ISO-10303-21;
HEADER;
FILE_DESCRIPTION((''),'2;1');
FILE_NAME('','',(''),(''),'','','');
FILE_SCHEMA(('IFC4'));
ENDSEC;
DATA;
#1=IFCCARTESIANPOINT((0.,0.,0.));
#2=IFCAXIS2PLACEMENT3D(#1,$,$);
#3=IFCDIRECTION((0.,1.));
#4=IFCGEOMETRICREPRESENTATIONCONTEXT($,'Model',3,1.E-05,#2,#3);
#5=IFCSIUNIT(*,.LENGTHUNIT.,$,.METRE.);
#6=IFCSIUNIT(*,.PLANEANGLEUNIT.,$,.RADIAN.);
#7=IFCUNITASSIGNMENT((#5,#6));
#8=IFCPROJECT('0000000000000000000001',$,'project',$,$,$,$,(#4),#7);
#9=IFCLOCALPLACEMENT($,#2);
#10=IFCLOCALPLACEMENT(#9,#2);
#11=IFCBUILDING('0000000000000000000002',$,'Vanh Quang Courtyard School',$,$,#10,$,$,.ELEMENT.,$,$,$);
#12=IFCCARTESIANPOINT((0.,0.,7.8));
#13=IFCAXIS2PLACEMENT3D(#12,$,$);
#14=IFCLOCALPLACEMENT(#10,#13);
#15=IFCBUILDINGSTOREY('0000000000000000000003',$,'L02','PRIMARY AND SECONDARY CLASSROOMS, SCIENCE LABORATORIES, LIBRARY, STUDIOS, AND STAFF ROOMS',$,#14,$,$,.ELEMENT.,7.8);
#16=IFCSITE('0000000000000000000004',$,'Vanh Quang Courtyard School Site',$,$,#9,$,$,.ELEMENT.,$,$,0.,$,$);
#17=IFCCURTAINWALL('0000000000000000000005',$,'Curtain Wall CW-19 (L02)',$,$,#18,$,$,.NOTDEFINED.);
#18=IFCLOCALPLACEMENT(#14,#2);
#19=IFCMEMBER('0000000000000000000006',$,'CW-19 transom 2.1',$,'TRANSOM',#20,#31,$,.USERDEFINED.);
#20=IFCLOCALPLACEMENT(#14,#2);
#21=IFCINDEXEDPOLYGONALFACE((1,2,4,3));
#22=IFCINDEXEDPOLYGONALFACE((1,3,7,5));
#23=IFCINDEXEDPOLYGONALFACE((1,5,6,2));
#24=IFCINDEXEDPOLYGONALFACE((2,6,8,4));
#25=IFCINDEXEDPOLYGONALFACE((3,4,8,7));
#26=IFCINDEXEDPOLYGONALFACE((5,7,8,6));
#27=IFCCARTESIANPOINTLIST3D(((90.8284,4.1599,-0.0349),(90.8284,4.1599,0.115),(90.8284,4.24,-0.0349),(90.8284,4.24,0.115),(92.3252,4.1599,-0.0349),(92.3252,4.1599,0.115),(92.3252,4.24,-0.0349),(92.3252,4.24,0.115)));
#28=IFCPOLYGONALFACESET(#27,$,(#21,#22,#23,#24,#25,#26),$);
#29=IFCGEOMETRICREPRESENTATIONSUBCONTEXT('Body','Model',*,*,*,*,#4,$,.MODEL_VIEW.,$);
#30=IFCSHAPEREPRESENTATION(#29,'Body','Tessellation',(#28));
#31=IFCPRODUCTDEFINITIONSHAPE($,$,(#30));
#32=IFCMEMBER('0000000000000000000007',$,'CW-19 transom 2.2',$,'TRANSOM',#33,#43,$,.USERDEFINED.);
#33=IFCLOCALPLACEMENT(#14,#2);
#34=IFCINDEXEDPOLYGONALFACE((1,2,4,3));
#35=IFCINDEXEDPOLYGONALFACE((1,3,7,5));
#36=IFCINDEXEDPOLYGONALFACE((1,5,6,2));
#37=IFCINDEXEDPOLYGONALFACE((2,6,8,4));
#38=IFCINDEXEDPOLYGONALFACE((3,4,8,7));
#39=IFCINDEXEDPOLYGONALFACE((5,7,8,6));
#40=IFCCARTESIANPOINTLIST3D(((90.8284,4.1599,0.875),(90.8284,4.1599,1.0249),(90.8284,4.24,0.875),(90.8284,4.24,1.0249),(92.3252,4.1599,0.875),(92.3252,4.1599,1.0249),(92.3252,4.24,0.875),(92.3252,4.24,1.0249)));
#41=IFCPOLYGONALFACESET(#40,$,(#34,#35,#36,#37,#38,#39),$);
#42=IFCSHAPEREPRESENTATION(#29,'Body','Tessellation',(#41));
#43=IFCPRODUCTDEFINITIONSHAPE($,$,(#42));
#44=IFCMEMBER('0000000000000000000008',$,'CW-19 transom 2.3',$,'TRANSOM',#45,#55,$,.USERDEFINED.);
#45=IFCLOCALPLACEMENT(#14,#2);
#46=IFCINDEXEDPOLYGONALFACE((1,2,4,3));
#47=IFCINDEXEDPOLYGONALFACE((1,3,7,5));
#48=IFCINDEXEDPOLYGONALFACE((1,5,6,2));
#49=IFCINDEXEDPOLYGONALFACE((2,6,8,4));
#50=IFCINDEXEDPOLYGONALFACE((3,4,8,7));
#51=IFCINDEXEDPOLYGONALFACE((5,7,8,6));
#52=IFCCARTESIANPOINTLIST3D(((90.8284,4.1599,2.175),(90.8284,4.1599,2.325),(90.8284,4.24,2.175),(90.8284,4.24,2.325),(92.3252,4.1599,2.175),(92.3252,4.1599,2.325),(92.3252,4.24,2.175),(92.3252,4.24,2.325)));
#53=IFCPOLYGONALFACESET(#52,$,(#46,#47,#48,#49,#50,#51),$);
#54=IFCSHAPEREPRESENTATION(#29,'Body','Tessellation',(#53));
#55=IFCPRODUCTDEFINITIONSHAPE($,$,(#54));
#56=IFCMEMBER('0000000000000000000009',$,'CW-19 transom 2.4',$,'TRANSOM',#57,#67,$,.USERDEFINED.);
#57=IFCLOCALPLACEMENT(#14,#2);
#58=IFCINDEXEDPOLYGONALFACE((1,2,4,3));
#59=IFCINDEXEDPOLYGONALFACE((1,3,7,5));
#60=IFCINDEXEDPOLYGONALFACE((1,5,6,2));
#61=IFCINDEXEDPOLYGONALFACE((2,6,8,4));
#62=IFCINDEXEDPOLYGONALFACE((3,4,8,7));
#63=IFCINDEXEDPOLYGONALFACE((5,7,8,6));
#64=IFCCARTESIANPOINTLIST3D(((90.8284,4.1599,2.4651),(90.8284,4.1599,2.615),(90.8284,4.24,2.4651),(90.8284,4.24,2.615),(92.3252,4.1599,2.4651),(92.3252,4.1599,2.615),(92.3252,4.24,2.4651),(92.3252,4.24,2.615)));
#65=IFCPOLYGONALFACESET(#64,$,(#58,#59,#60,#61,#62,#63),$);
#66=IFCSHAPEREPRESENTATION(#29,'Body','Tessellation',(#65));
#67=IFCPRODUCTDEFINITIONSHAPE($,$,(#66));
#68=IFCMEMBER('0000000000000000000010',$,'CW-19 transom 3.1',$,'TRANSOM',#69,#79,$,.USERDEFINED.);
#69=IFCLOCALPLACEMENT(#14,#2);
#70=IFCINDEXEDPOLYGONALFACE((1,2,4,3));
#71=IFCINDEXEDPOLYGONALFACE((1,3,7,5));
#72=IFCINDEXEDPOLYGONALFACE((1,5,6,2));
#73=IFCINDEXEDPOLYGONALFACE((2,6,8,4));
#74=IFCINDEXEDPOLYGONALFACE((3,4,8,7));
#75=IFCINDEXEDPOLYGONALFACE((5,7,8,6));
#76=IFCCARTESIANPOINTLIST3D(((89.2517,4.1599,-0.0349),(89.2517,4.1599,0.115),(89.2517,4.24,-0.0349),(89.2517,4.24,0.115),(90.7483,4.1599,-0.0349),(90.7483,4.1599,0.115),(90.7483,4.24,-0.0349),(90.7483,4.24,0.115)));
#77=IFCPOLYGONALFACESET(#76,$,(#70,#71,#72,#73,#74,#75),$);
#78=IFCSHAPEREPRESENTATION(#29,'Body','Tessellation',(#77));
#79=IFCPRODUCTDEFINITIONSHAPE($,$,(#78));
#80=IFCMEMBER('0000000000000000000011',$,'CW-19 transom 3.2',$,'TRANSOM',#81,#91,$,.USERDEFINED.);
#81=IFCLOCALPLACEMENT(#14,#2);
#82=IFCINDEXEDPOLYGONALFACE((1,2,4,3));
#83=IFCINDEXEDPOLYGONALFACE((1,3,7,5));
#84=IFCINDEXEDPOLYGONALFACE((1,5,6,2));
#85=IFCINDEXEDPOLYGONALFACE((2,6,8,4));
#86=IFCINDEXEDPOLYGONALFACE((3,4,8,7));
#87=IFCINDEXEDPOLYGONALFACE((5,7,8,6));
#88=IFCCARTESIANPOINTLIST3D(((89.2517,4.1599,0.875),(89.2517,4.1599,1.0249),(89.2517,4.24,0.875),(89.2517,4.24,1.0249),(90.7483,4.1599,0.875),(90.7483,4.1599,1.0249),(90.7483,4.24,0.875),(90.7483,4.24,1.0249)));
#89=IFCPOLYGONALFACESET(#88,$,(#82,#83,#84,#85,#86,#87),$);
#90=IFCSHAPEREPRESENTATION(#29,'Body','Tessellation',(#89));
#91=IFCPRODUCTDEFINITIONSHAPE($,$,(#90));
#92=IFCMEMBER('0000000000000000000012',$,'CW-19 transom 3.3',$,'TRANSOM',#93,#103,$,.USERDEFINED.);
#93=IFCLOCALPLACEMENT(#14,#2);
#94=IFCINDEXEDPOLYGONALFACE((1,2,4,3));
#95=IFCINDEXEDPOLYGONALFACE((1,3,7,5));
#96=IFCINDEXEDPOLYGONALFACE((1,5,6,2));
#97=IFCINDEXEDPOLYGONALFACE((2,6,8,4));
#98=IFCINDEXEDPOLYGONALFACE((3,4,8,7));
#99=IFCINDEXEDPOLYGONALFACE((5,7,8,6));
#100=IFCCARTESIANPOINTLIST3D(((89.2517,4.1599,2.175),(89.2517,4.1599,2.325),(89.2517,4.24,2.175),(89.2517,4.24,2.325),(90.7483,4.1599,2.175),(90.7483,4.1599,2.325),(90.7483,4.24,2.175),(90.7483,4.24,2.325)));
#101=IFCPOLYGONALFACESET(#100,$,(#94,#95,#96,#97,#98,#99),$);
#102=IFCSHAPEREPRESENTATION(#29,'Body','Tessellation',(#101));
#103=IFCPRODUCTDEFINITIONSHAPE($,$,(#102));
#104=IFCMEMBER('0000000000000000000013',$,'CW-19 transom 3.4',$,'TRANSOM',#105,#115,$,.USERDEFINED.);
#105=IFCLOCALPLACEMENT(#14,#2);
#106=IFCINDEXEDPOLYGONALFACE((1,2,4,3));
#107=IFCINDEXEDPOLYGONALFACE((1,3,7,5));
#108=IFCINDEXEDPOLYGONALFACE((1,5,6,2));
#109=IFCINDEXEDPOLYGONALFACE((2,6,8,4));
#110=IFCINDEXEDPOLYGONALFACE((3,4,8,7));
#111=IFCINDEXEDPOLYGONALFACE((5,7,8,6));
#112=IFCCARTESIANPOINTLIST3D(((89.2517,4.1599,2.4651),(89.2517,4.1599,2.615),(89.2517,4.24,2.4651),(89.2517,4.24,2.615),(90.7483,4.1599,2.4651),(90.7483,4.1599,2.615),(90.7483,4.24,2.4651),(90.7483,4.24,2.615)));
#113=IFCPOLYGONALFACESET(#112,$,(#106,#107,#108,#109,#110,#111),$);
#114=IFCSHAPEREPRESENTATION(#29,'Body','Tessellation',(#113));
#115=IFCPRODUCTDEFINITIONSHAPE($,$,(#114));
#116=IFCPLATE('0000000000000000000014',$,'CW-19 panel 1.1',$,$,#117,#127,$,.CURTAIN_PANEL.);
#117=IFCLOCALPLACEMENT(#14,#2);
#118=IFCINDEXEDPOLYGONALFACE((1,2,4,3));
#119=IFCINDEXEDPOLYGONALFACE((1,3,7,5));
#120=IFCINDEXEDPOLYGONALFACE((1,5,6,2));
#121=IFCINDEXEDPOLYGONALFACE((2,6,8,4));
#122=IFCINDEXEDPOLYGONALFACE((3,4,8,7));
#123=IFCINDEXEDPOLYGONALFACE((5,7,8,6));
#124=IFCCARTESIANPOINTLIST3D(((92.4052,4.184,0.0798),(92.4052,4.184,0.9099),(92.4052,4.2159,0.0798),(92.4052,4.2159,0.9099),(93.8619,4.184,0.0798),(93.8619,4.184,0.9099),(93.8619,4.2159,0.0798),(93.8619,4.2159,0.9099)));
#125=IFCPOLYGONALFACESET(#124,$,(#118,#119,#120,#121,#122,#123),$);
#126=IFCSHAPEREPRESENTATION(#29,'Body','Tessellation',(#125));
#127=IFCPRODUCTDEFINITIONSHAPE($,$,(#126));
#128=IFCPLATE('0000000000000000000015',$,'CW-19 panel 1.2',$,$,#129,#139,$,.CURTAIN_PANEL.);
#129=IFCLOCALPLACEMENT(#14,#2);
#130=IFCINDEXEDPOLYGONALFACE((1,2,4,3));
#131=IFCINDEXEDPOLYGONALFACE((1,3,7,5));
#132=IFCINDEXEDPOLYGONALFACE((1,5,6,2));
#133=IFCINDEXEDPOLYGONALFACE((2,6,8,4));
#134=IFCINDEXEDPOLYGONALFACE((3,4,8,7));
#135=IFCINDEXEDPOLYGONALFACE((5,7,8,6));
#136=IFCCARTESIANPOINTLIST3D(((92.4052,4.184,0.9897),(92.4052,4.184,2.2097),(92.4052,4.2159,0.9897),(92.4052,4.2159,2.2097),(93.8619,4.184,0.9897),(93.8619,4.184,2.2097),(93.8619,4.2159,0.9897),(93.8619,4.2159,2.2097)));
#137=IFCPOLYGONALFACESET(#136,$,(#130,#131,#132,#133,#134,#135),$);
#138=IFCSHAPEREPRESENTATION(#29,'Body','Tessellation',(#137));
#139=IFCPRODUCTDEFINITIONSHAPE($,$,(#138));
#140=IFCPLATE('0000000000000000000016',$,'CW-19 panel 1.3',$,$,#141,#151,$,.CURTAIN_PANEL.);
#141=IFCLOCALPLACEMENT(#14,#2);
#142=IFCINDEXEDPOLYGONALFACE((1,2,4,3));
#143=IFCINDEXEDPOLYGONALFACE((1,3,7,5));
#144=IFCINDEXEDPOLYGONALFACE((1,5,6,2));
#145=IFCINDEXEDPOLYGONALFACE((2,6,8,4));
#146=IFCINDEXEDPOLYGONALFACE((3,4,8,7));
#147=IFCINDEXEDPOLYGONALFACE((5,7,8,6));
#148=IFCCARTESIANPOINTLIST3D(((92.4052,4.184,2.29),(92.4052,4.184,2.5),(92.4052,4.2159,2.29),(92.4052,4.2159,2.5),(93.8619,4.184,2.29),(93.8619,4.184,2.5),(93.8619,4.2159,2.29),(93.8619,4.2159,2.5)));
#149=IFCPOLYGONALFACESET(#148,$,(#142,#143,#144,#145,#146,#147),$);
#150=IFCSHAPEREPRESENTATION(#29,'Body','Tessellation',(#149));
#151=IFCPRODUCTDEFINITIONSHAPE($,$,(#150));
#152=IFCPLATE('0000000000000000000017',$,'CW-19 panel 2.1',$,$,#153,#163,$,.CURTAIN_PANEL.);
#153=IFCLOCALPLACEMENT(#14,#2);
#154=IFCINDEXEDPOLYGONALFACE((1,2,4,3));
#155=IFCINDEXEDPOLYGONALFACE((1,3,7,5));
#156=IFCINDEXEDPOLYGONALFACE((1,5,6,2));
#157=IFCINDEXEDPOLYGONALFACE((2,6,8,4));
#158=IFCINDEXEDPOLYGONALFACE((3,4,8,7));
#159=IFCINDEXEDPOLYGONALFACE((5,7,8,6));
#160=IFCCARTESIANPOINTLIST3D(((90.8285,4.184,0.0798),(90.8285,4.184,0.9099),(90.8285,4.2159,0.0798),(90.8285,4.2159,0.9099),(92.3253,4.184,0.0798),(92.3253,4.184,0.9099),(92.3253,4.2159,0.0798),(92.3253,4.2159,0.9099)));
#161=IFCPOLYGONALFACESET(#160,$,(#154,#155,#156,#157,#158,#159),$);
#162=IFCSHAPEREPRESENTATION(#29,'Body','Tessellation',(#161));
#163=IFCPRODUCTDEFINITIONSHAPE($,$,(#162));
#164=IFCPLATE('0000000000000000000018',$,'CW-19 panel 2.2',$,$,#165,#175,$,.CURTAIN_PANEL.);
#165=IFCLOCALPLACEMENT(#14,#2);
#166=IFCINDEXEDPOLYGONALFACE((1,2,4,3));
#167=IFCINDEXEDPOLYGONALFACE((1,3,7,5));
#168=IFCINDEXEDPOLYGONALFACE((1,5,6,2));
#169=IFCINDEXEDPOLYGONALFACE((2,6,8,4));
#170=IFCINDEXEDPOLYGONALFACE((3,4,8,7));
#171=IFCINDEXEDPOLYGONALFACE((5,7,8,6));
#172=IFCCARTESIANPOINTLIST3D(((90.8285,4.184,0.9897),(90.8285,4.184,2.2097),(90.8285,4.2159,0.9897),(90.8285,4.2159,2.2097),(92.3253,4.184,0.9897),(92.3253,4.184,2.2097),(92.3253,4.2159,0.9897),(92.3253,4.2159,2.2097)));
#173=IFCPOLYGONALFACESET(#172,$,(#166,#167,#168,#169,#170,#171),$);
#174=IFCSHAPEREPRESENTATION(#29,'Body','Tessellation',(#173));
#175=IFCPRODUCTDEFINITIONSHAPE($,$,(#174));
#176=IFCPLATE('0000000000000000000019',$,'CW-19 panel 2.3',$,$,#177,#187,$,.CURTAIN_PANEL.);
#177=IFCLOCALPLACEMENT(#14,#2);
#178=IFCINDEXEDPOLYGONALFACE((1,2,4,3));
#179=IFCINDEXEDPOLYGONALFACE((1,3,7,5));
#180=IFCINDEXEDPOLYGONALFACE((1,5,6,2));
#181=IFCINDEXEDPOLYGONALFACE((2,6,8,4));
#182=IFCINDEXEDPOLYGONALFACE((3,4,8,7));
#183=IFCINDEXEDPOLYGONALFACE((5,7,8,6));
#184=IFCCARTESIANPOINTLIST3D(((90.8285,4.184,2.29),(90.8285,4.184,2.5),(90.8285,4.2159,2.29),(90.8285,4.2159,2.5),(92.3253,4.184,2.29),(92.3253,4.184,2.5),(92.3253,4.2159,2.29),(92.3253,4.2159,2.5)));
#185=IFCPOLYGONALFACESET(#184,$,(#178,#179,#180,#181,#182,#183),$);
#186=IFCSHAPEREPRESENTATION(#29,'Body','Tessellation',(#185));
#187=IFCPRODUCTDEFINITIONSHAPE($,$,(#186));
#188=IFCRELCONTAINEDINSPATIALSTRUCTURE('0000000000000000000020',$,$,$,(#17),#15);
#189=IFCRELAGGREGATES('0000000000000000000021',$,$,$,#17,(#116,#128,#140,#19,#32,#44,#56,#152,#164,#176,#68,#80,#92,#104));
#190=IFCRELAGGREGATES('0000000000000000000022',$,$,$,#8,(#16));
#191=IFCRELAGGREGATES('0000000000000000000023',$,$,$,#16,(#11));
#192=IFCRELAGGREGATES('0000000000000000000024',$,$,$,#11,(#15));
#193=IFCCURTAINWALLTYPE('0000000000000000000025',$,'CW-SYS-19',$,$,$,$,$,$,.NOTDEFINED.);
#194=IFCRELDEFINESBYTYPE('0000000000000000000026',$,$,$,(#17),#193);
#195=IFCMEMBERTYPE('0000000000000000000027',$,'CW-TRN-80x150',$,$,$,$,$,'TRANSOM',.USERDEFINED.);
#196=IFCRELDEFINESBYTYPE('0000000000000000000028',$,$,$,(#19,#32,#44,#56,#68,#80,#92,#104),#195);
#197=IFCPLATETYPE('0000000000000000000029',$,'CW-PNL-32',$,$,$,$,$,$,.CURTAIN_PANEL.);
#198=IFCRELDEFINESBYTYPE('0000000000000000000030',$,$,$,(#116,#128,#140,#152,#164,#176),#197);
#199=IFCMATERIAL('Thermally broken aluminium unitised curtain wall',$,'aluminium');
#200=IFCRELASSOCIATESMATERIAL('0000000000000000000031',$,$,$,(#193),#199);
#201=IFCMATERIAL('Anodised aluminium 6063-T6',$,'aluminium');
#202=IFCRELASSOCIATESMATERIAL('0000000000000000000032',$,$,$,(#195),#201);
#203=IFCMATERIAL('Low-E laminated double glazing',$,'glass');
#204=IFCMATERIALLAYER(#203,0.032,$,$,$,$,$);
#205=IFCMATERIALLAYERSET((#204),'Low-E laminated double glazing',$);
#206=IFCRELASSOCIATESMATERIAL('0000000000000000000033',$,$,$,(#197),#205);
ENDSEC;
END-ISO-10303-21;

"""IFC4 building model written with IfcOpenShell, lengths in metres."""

from ifc_helpers import new_model, si_unit, direction, frame, origin, origin_2d, place, context, subcontext, project, spatial, rectangle, extrude, material, layer, layer_set, material_profile, profile_set, type_object, element, aggregate, save


model = new_model("IFC4")

# Units and contexts
model_context = context("Model", 3, precision=1e-05, world=origin(), true_north=direction((0.0, 1.0)))
body_context = subcontext(model_context, "Body", "Model", "MODEL_VIEW")
ifc_project = project(units=[si_unit("LENGTHUNIT", "METRE"), si_unit("PLANEANGLEUNIT", "RADIAN")], contexts=[model_context])

# Site, building, storey
site_placement = place(None, origin())
site = spatial("IfcSite", under=ifc_project, at=site_placement, Name="Vanh Quang Courtyard School Site", CompositionType="ELEMENT", RefElevation=0.0)
building_placement = place(site_placement, origin())
building = spatial("IfcBuilding", under=site, at=building_placement, Name="Vanh Quang Courtyard School", CompositionType="ELEMENT")
storey_placement = place(building_placement, frame((0.0, 0.0, 7.8)))
storey = spatial("IfcBuildingStorey", under=building, at=storey_placement, Name="L02", Description="PRIMARY AND SECONDARY CLASSROOMS, SCIENCE LABORATORIES, LIBRARY, STUDIOS, AND STAFF ROOMS", CompositionType="ELEMENT", Elevation=7.8)

# Curtain wall, members, plates
ifc_material_1 = material(Name="Thermally broken aluminium unitised curtain wall", Category="aluminium")
curtain_wall_type = type_object("IfcCurtainWallType", Name="CW-SYS-19", PredefinedType="NOTDEFINED", material=ifc_material_1)
curtain_wall_placement = place(storey_placement, origin())
curtain_wall = element("IfcCurtainWall", 1, at=curtain_wall_placement, inside=storey, type_object=curtain_wall_type, Name="Curtain Wall CW-19 (L02)", PredefinedType="NOTDEFINED")
ifc_material_2 = material(Name="Anodised aluminium 6063-T6", Category="aluminium")
ifc_material_profile_1 = material_profile(ifc_material_2, rectangle(XDim=0.0801, YDim=0.1499, at=origin_2d()), Name="ALU-TRN 80x150")
ifc_profile_set_1 = profile_set([ifc_material_profile_1], Name="Anodised aluminium 6063-T6")
member_type_1 = type_object("IfcMemberType", Name="CW-TRN-80x150", ElementType="TRANSOM", PredefinedType="USERDEFINED", material=ifc_profile_set_1)
member_1_placement = place(storey_placement, frame((92.3252, 4.2, 0.04), z_axis=(-1.0, 0.0, 0.0), x_axis=(0.0, -1.0, 0.0)))
member_1 = element("IfcMember", 2, at=member_1_placement, type_object=member_type_1, Name="CW-19 transom 2.1", ObjectType="TRANSOM", PredefinedType="USERDEFINED", context=body_context, shape_type="SweptSolid", body=[
    extrude(rectangle(XDim=0.0801, YDim=0.1499, at=origin_2d()), origin(), (0.0, 0.0, 1.0), 1.4968),
])
member_2_placement = place(storey_placement, frame((92.3252, 4.2, 0.95), z_axis=(-1.0, 0.0, 0.0), x_axis=(0.0, -1.0, 0.0)))
member_2 = element("IfcMember", 3, at=member_2_placement, type_object=member_type_1, Name="CW-19 transom 2.2", ObjectType="TRANSOM", PredefinedType="USERDEFINED", context=body_context, shape_type="SweptSolid", body=[
    extrude(rectangle(XDim=0.0801, YDim=0.1499, at=origin_2d()), origin(), (0.0, 0.0, 1.0), 1.4968),
])
member_3_placement = place(storey_placement, frame((92.3252, 4.2, 2.25), z_axis=(-1.0, 0.0, 0.0), x_axis=(0.0, -1.0, 0.0)))
member_3 = element("IfcMember", 4, at=member_3_placement, type_object=member_type_1, Name="CW-19 transom 2.3", ObjectType="TRANSOM", PredefinedType="USERDEFINED", context=body_context, shape_type="SweptSolid", body=[
    extrude(rectangle(XDim=0.0801, YDim=0.1499, at=origin_2d()), origin(), (0.0, 0.0, 1.0), 1.4968),
])
member_4_placement = place(storey_placement, frame((92.3252, 4.2, 2.54), z_axis=(-1.0, 0.0, 0.0), x_axis=(0.0, -1.0, 0.0)))
member_4 = element("IfcMember", 5, at=member_4_placement, type_object=member_type_1, Name="CW-19 transom 2.4", ObjectType="TRANSOM", PredefinedType="USERDEFINED", context=body_context, shape_type="SweptSolid", body=[
    extrude(rectangle(XDim=0.0801, YDim=0.1499, at=origin_2d()), origin(), (0.0, 0.0, 1.0), 1.4968),
])
member_5_placement = place(storey_placement, frame((90.7483, 4.2, 0.04), z_axis=(-1.0, 0.0, 0.0), x_axis=(0.0, -1.0, 0.0)))
member_5 = element("IfcMember", 6, at=member_5_placement, type_object=member_type_1, Name="CW-19 transom 3.1", ObjectType="TRANSOM", PredefinedType="USERDEFINED", context=body_context, shape_type="SweptSolid", body=[
    extrude(rectangle(XDim=0.0801, YDim=0.1499, at=origin_2d()), origin(), (0.0, 0.0, 1.0), 1.4966),
])
member_6_placement = place(storey_placement, frame((90.7483, 4.2, 0.95), z_axis=(-1.0, 0.0, 0.0), x_axis=(0.0, -1.0, 0.0)))
member_6 = element("IfcMember", 7, at=member_6_placement, type_object=member_type_1, Name="CW-19 transom 3.2", ObjectType="TRANSOM", PredefinedType="USERDEFINED", context=body_context, shape_type="SweptSolid", body=[
    extrude(rectangle(XDim=0.0801, YDim=0.1499, at=origin_2d()), origin(), (0.0, 0.0, 1.0), 1.4966),
])
member_7_placement = place(storey_placement, frame((90.7483, 4.2, 2.25), z_axis=(-1.0, 0.0, 0.0), x_axis=(0.0, -1.0, 0.0)))
member_7 = element("IfcMember", 8, at=member_7_placement, type_object=member_type_1, Name="CW-19 transom 3.3", ObjectType="TRANSOM", PredefinedType="USERDEFINED", context=body_context, shape_type="SweptSolid", body=[
    extrude(rectangle(XDim=0.0801, YDim=0.1499, at=origin_2d()), origin(), (0.0, 0.0, 1.0), 1.4966),
])
member_8_placement = place(storey_placement, frame((90.7483, 4.2, 2.54), z_axis=(-1.0, 0.0, 0.0), x_axis=(0.0, -1.0, 0.0)))
member_8 = element("IfcMember", 9, at=member_8_placement, type_object=member_type_1, Name="CW-19 transom 3.4", ObjectType="TRANSOM", PredefinedType="USERDEFINED", context=body_context, shape_type="SweptSolid", body=[
    extrude(rectangle(XDim=0.0801, YDim=0.1499, at=origin_2d()), origin(), (0.0, 0.0, 1.0), 1.4966),
])
ifc_material_3 = material(Name="Low-E laminated double glazing", Category="glass")
ifc_layer = layer(ifc_material_3, 0.032)
ifc_layer_set = layer_set([ifc_layer], Name="Low-E laminated double glazing")
plate_type = type_object("IfcPlateType", Name="CW-PNL-32", PredefinedType="CURTAIN_PANEL", material=ifc_layer_set)
plate_1_placement = place(storey_placement, frame((93.1335, 4.2, 0.0798), z_axis=(0.0, 0.0, 1.0), x_axis=(-1.0, 0.0, 0.0)))
plate_1 = element("IfcPlate", 10, at=plate_1_placement, type_object=plate_type, Name="CW-19 panel 1.1", PredefinedType="CURTAIN_PANEL", context=body_context, shape_type="SweptSolid", body=[
    extrude(rectangle(XDim=1.4568, YDim=0.032, at=origin_2d()), origin(), (0.0, 0.0, 1.0), 0.8301),
])
plate_2_placement = place(storey_placement, frame((93.1335, 4.2, 0.9897), z_axis=(0.0, 0.0, 1.0), x_axis=(-1.0, 0.0, 0.0)))
plate_2 = element("IfcPlate", 11, at=plate_2_placement, type_object=plate_type, Name="CW-19 panel 1.2", PredefinedType="CURTAIN_PANEL", context=body_context, shape_type="SweptSolid", body=[
    extrude(rectangle(XDim=1.4568, YDim=0.032, at=origin_2d()), origin(), (0.0, 0.0, 1.0), 1.22),
])
plate_3_placement = place(storey_placement, frame((93.1335, 4.2, 2.29), z_axis=(0.0, 0.0, 1.0), x_axis=(-1.0, 0.0, 0.0)))
plate_3 = element("IfcPlate", 12, at=plate_3_placement, type_object=plate_type, Name="CW-19 panel 1.3", PredefinedType="CURTAIN_PANEL", context=body_context, shape_type="SweptSolid", body=[
    extrude(rectangle(XDim=1.4568, YDim=0.032, at=origin_2d()), origin(), (0.0, 0.0, 1.0), 0.21),
])
plate_4_placement = place(storey_placement, frame((91.5769, 4.2, 0.0798), z_axis=(0.0, 0.0, 1.0), x_axis=(-1.0, 0.0, 0.0)))
plate_4 = element("IfcPlate", 13, at=plate_4_placement, type_object=plate_type, Name="CW-19 panel 2.1", PredefinedType="CURTAIN_PANEL", context=body_context, shape_type="SweptSolid", body=[
    extrude(rectangle(XDim=1.4968, YDim=0.032, at=origin_2d()), origin(), (0.0, 0.0, 1.0), 0.8301),
])
plate_5_placement = place(storey_placement, frame((91.5769, 4.2, 0.9897), z_axis=(0.0, 0.0, 1.0), x_axis=(-1.0, 0.0, 0.0)))
plate_5 = element("IfcPlate", 14, at=plate_5_placement, type_object=plate_type, Name="CW-19 panel 2.2", PredefinedType="CURTAIN_PANEL", context=body_context, shape_type="SweptSolid", body=[
    extrude(rectangle(XDim=1.4968, YDim=0.032, at=origin_2d()), origin(), (0.0, 0.0, 1.0), 1.22),
])
plate_6_placement = place(storey_placement, frame((91.5769, 4.2, 2.29), z_axis=(0.0, 0.0, 1.0), x_axis=(-1.0, 0.0, 0.0)))
plate_6 = element("IfcPlate", 15, at=plate_6_placement, type_object=plate_type, Name="CW-19 panel 2.3", PredefinedType="CURTAIN_PANEL", context=body_context, shape_type="SweptSolid", body=[
    extrude(rectangle(XDim=1.4968, YDim=0.032, at=origin_2d()), origin(), (0.0, 0.0, 1.0), 0.21),
])
aggregate(curtain_wall, [plate_1, plate_2, plate_3, member_1, member_2, member_3, member_4, plate_4, plate_5, plate_6, member_5, member_6, member_7, member_8])

save(model, "model.ifc")
